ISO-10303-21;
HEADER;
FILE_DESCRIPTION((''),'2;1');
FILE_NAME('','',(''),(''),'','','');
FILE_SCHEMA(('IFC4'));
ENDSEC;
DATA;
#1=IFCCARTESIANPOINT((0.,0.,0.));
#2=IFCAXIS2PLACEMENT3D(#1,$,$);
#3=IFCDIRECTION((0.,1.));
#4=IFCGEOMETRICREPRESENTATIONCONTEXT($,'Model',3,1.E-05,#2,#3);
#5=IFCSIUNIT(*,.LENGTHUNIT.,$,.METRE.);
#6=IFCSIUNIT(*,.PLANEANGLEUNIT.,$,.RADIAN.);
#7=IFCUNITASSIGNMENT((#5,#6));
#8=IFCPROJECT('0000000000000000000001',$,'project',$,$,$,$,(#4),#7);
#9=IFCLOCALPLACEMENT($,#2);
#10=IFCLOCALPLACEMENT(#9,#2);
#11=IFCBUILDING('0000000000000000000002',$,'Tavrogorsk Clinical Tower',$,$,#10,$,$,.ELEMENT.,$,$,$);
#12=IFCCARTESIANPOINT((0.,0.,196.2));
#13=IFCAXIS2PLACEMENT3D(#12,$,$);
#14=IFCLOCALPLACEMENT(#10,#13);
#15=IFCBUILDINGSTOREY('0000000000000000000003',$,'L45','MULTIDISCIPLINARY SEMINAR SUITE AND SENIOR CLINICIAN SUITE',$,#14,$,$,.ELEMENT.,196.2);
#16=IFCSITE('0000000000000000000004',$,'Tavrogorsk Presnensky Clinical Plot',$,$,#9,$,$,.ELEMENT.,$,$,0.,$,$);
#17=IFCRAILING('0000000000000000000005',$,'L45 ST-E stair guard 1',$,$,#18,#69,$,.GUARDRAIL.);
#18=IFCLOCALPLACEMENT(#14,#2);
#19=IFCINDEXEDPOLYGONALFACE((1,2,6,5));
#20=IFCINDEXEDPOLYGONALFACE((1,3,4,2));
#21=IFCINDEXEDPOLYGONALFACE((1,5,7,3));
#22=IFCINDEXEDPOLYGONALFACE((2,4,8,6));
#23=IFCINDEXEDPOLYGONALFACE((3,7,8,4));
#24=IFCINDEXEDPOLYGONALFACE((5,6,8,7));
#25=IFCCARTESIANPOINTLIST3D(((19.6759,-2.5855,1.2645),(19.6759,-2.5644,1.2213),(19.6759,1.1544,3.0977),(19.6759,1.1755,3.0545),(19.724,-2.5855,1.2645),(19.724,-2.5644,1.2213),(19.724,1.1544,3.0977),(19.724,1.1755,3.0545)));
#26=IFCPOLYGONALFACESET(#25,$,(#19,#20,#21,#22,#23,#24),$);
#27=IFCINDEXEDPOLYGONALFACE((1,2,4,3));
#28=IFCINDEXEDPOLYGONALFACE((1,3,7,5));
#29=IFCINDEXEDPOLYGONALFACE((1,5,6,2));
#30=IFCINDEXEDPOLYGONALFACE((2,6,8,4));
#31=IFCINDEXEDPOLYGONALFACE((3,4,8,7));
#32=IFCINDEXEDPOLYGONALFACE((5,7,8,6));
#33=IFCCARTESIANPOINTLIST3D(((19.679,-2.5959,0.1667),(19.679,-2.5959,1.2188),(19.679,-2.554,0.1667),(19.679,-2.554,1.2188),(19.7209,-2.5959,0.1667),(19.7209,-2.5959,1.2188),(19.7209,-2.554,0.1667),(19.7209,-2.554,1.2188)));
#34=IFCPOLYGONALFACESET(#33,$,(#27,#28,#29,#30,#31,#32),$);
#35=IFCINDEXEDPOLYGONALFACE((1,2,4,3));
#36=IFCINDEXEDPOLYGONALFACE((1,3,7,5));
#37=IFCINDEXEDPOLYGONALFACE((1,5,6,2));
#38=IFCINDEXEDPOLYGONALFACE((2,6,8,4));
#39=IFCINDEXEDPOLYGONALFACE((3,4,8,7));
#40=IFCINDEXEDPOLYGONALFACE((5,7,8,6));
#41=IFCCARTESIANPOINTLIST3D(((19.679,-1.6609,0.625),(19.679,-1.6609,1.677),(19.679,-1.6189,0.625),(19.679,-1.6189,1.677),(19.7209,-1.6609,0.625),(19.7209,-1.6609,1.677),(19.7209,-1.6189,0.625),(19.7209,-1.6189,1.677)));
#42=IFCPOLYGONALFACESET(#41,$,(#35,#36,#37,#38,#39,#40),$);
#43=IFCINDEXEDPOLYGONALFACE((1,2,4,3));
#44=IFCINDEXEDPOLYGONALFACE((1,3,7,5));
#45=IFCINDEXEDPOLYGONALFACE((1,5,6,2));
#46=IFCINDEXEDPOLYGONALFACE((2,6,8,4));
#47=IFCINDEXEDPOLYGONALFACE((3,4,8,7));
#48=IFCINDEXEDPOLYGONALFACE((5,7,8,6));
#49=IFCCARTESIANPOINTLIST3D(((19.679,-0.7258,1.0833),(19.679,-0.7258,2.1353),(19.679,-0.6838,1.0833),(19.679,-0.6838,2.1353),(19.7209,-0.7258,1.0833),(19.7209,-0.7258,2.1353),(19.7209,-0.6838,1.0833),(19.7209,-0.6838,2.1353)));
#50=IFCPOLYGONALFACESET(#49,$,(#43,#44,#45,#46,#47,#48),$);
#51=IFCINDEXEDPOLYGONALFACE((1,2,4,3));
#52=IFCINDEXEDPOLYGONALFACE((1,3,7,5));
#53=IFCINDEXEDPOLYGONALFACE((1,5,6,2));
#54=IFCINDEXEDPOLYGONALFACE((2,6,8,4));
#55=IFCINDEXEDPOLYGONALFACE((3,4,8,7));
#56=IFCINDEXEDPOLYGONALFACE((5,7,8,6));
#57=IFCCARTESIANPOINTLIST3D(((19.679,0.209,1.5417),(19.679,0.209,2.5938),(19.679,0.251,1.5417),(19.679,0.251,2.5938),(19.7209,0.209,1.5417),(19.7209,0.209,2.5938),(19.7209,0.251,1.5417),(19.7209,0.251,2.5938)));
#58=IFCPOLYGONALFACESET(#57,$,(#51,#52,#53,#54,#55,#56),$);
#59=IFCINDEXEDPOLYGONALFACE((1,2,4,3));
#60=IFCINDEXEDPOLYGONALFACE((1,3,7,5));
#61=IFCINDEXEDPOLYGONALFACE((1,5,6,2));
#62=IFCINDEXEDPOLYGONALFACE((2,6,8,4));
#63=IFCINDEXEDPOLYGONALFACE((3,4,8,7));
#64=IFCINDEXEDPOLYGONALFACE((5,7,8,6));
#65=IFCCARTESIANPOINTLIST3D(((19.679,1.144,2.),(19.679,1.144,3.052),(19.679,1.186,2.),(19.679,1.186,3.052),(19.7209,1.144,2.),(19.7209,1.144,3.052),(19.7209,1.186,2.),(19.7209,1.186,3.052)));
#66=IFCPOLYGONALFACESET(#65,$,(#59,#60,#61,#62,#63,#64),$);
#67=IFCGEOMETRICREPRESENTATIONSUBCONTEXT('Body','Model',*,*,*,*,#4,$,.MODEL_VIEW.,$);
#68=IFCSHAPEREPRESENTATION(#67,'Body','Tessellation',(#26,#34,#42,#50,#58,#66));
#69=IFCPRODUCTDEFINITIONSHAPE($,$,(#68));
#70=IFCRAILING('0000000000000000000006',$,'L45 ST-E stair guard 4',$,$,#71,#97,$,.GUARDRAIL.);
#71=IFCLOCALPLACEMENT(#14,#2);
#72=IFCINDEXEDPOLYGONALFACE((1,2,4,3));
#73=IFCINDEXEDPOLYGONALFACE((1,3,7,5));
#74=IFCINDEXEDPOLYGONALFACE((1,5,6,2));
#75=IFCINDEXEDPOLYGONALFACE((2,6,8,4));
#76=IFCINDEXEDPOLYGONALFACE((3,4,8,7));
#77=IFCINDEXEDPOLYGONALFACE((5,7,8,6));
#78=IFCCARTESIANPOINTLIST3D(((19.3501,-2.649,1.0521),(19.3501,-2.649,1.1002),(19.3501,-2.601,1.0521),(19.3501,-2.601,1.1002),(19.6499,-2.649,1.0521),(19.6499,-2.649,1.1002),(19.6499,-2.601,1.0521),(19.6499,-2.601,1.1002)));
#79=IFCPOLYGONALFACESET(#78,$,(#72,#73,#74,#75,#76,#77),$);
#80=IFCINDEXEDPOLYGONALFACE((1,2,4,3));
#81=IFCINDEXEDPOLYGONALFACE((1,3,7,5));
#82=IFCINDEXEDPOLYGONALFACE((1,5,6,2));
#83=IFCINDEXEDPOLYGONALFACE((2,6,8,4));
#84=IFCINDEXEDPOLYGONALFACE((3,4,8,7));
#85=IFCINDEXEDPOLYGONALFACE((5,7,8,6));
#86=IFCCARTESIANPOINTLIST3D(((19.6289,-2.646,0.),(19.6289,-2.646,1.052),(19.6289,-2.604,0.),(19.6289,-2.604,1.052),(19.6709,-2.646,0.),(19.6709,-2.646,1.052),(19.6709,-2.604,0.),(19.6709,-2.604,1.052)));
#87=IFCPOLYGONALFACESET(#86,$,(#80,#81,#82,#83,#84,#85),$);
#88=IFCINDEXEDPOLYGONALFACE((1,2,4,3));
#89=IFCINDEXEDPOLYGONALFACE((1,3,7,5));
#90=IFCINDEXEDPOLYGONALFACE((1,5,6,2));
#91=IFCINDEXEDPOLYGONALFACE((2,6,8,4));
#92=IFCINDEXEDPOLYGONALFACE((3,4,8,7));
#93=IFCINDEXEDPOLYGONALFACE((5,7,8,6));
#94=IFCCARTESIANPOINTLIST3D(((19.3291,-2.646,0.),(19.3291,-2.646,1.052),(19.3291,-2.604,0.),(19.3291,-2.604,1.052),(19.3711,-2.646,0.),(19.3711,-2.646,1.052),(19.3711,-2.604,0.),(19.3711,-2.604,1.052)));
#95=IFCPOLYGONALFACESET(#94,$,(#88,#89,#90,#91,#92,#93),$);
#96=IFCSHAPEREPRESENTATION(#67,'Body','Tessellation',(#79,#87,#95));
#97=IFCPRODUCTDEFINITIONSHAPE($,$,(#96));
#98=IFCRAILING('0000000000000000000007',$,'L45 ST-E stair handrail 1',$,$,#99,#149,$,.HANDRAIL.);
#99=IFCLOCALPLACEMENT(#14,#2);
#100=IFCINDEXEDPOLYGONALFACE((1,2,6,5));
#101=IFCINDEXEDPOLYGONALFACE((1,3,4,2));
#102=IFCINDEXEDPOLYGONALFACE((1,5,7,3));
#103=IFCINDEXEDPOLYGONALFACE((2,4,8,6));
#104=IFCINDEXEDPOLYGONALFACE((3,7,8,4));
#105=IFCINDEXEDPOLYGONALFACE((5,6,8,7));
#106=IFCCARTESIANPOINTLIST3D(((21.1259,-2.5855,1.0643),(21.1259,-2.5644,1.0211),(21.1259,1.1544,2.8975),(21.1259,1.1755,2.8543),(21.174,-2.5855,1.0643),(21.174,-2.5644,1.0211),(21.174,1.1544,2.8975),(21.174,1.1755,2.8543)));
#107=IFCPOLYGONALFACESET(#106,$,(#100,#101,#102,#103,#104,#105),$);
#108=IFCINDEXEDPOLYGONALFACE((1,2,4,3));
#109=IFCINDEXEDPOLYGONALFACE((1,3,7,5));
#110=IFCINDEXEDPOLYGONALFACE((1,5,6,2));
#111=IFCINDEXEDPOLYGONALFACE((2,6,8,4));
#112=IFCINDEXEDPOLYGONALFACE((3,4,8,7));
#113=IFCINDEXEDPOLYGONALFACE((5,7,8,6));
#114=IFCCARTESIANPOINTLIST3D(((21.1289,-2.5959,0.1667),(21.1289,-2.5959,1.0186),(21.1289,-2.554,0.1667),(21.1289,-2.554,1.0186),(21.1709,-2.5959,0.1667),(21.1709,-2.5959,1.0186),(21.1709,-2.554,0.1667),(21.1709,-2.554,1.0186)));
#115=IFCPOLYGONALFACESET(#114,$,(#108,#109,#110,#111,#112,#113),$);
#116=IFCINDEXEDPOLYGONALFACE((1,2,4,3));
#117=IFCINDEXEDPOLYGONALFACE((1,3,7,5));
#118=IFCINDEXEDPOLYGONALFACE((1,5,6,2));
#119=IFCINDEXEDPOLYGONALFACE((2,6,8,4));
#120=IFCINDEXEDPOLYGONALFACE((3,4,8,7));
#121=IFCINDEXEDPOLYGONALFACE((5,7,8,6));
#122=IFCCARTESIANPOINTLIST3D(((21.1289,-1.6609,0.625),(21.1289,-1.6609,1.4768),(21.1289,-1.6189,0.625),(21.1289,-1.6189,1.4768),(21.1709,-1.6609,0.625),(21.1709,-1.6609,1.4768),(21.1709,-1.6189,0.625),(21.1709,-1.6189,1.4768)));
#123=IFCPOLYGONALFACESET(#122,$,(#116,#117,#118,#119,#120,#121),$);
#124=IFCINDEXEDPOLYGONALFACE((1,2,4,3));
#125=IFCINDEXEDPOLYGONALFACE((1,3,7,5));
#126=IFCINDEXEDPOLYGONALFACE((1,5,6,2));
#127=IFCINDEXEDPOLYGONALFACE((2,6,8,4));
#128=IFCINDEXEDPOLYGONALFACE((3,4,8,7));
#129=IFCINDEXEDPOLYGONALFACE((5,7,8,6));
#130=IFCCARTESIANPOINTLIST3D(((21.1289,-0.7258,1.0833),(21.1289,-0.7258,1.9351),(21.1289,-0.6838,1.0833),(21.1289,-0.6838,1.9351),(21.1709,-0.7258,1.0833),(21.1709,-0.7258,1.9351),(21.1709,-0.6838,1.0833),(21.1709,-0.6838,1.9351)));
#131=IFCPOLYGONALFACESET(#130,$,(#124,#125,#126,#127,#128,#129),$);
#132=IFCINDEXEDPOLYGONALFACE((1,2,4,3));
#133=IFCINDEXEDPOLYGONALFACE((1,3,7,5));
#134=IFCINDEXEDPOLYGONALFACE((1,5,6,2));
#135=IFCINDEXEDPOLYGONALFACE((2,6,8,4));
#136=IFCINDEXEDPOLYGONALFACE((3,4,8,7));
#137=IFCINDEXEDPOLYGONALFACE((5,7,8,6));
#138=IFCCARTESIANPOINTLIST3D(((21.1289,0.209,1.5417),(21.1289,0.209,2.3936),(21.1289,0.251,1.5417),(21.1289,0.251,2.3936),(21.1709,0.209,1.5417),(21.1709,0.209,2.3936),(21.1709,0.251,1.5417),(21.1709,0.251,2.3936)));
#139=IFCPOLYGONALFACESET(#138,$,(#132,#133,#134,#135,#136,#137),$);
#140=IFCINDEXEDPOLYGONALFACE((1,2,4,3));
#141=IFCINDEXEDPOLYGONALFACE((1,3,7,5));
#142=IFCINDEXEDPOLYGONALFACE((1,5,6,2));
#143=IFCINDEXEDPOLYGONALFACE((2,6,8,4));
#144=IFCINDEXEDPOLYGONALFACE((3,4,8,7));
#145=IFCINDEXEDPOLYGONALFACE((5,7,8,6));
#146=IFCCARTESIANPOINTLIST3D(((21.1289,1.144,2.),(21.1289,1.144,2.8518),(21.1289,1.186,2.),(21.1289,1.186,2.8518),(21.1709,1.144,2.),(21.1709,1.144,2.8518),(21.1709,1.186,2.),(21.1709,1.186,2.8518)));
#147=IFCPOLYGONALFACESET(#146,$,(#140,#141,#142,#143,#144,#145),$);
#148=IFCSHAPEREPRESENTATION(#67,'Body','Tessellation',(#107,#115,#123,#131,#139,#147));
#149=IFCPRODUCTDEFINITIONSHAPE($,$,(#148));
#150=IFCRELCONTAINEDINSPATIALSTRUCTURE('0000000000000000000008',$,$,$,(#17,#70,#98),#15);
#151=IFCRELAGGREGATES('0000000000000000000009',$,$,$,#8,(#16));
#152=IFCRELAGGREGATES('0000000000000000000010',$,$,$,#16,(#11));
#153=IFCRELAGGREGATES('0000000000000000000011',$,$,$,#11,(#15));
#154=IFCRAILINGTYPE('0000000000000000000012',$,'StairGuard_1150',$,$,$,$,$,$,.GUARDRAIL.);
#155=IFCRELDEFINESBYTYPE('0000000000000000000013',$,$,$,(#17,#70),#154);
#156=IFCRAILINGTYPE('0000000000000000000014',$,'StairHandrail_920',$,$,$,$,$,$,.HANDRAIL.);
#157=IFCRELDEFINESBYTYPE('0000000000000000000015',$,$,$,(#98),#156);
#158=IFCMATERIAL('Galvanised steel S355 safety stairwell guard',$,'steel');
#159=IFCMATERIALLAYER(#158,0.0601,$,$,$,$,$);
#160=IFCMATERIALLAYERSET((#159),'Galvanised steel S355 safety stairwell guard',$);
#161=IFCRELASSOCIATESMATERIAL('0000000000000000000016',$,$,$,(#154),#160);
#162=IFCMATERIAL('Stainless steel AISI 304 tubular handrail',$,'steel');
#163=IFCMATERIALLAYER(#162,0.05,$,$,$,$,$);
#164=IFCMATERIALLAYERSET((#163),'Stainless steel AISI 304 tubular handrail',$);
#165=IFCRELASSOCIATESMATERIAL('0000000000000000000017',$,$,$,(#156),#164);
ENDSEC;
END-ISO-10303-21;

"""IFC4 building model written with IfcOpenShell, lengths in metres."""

from ifc_helpers import new_model, si_unit, direction, frame, origin, origin_2d, place, context, subcontext, project, spatial, rectangle, extrude, material, layer, layer_set, type_object, element, save


model = new_model("IFC4")

# Units and contexts
model_context = context("Model", 3, precision=1e-05, world=origin(), true_north=direction((0.0, 1.0)))
body_context = subcontext(model_context, "Body", "Model", "MODEL_VIEW")
ifc_project = project(units=[si_unit("LENGTHUNIT", "METRE"), si_unit("PLANEANGLEUNIT", "RADIAN")], contexts=[model_context])

# Site, building, storey
site_placement = place(None, origin())
site = spatial("IfcSite", under=ifc_project, at=site_placement, Name="Tavrogorsk Presnensky Clinical Plot", CompositionType="ELEMENT", RefElevation=0.0)
building_placement = place(site_placement, origin())
building = spatial("IfcBuilding", under=site, at=building_placement, Name="Tavrogorsk Clinical Tower", CompositionType="ELEMENT")
storey_placement = place(building_placement, frame((0.0, 0.0, 196.2)))
storey = spatial("IfcBuildingStorey", under=building, at=storey_placement, Name="L45", Description="MULTIDISCIPLINARY SEMINAR SUITE AND SENIOR CLINICIAN SUITE", CompositionType="ELEMENT", Elevation=196.2)

# Railings
ifc_material_1 = material(Name="Galvanised steel S355 safety stairwell guard", Category="steel")
ifc_layer_1 = layer(ifc_material_1, 0.0601)
ifc_layer_set_1 = layer_set([ifc_layer_1], Name="Galvanised steel S355 safety stairwell guard")
railing_type_1 = type_object("IfcRailingType", Name="StairGuard_1150", PredefinedType="GUARDRAIL", material=ifc_layer_set_1)
railing_1_placement = place(storey_placement, frame((19.7, -2.575, 0.1667)))
element("IfcRailing", 1, at=railing_1_placement, inside=storey, type_object=railing_type_1, Name="L45 ST-E stair guard 1", PredefinedType="GUARDRAIL", context=body_context, shape_type="SweptSolid", body=[
    extrude(rectangle(XDim=0.0481, YDim=0.0481, at=origin_2d()), frame((0.0, 0.0, 1.0762), z_axis=(0.0, 0.897928, 0.440142), x_axis=(-1.0, 0.0, 0.0)), (0.0, 0.0, 1.0), 4.165),
    extrude(rectangle(XDim=0.042, YDim=0.042, at=origin_2d()), origin(), (0.0, 0.0, 1.0), 1.052),
    extrude(rectangle(XDim=0.042, YDim=0.042, at=origin_2d()), frame((0.0, 0.9351, 0.4583)), (0.0, 0.0, 1.0), 1.052),
    extrude(rectangle(XDim=0.042, YDim=0.042, at=origin_2d()), frame((0.0, 1.8701, 0.9165)), (0.0, 0.0, 1.0), 1.052),
    extrude(rectangle(XDim=0.042, YDim=0.042, at=origin_2d()), frame((0.0, 2.8049, 1.375)), (0.0, 0.0, 1.0), 1.052),
    extrude(rectangle(XDim=0.042, YDim=0.042, at=origin_2d()), frame((0.0, 3.74, 1.8333)), (0.0, 0.0, 1.0), 1.052),
])
railing_2_placement = place(storey_placement, frame((19.6499, -2.625, 0.0)))
element("IfcRailing", 2, at=railing_2_placement, inside=storey, type_object=railing_type_1, Name="L45 ST-E stair guard 4", PredefinedType="GUARDRAIL", context=body_context, shape_type="SweptSolid", body=[
    extrude(rectangle(XDim=0.0481, YDim=0.0481, at=origin_2d()), frame((0.0, 0.0, 1.0762), z_axis=(-1.0, 0.0, 0.0), x_axis=(0.0, -1.0, 0.0)), (0.0, 0.0, 1.0), 0.2998),
    extrude(rectangle(XDim=0.042, YDim=0.042, at=origin_2d()), origin(), (0.0, 0.0, 1.0), 1.052),
    extrude(rectangle(XDim=0.042, YDim=0.042, at=origin_2d()), frame((-0.2998, 0.0, 0.0)), (0.0, 0.0, 1.0), 1.052),
])
ifc_material_2 = material(Name="Stainless steel AISI 304 tubular handrail", Category="steel")
ifc_layer_2 = layer(ifc_material_2, 0.05)
ifc_layer_set_2 = layer_set([ifc_layer_2], Name="Stainless steel AISI 304 tubular handrail")
railing_type_2 = type_object("IfcRailingType", Name="StairHandrail_920", PredefinedType="HANDRAIL", material=ifc_layer_set_2)
railing_3_placement = place(storey_placement, frame((21.1499, -2.575, 0.1667)))
element("IfcRailing", 3, at=railing_3_placement, inside=storey, type_object=railing_type_2, Name="L45 ST-E stair handrail 1", PredefinedType="HANDRAIL", context=body_context, shape_type="SweptSolid", body=[
    extrude(rectangle(XDim=0.0481, YDim=0.0481, at=origin_2d()), frame((0.0, 0.0, 0.876), z_axis=(0.0, 0.897928, 0.440142), x_axis=(-1.0, 0.0, 0.0)), (0.0, 0.0, 1.0), 4.165),
    extrude(rectangle(XDim=0.042, YDim=0.042, at=origin_2d()), origin(), (0.0, 0.0, 1.0), 0.8518),
    extrude(rectangle(XDim=0.042, YDim=0.042, at=origin_2d()), frame((0.0, 0.9351, 0.4583)), (0.0, 0.0, 1.0), 0.8518),
    extrude(rectangle(XDim=0.042, YDim=0.042, at=origin_2d()), frame((0.0, 1.8701, 0.9165)), (0.0, 0.0, 1.0), 0.8518),
    extrude(rectangle(XDim=0.042, YDim=0.042, at=origin_2d()), frame((0.0, 2.8049, 1.375)), (0.0, 0.0, 1.0), 0.8518),
    extrude(rectangle(XDim=0.042, YDim=0.042, at=origin_2d()), frame((0.0, 3.74, 1.8333)), (0.0, 0.0, 1.0), 0.8518),
])

save(model, "model.ifc")
